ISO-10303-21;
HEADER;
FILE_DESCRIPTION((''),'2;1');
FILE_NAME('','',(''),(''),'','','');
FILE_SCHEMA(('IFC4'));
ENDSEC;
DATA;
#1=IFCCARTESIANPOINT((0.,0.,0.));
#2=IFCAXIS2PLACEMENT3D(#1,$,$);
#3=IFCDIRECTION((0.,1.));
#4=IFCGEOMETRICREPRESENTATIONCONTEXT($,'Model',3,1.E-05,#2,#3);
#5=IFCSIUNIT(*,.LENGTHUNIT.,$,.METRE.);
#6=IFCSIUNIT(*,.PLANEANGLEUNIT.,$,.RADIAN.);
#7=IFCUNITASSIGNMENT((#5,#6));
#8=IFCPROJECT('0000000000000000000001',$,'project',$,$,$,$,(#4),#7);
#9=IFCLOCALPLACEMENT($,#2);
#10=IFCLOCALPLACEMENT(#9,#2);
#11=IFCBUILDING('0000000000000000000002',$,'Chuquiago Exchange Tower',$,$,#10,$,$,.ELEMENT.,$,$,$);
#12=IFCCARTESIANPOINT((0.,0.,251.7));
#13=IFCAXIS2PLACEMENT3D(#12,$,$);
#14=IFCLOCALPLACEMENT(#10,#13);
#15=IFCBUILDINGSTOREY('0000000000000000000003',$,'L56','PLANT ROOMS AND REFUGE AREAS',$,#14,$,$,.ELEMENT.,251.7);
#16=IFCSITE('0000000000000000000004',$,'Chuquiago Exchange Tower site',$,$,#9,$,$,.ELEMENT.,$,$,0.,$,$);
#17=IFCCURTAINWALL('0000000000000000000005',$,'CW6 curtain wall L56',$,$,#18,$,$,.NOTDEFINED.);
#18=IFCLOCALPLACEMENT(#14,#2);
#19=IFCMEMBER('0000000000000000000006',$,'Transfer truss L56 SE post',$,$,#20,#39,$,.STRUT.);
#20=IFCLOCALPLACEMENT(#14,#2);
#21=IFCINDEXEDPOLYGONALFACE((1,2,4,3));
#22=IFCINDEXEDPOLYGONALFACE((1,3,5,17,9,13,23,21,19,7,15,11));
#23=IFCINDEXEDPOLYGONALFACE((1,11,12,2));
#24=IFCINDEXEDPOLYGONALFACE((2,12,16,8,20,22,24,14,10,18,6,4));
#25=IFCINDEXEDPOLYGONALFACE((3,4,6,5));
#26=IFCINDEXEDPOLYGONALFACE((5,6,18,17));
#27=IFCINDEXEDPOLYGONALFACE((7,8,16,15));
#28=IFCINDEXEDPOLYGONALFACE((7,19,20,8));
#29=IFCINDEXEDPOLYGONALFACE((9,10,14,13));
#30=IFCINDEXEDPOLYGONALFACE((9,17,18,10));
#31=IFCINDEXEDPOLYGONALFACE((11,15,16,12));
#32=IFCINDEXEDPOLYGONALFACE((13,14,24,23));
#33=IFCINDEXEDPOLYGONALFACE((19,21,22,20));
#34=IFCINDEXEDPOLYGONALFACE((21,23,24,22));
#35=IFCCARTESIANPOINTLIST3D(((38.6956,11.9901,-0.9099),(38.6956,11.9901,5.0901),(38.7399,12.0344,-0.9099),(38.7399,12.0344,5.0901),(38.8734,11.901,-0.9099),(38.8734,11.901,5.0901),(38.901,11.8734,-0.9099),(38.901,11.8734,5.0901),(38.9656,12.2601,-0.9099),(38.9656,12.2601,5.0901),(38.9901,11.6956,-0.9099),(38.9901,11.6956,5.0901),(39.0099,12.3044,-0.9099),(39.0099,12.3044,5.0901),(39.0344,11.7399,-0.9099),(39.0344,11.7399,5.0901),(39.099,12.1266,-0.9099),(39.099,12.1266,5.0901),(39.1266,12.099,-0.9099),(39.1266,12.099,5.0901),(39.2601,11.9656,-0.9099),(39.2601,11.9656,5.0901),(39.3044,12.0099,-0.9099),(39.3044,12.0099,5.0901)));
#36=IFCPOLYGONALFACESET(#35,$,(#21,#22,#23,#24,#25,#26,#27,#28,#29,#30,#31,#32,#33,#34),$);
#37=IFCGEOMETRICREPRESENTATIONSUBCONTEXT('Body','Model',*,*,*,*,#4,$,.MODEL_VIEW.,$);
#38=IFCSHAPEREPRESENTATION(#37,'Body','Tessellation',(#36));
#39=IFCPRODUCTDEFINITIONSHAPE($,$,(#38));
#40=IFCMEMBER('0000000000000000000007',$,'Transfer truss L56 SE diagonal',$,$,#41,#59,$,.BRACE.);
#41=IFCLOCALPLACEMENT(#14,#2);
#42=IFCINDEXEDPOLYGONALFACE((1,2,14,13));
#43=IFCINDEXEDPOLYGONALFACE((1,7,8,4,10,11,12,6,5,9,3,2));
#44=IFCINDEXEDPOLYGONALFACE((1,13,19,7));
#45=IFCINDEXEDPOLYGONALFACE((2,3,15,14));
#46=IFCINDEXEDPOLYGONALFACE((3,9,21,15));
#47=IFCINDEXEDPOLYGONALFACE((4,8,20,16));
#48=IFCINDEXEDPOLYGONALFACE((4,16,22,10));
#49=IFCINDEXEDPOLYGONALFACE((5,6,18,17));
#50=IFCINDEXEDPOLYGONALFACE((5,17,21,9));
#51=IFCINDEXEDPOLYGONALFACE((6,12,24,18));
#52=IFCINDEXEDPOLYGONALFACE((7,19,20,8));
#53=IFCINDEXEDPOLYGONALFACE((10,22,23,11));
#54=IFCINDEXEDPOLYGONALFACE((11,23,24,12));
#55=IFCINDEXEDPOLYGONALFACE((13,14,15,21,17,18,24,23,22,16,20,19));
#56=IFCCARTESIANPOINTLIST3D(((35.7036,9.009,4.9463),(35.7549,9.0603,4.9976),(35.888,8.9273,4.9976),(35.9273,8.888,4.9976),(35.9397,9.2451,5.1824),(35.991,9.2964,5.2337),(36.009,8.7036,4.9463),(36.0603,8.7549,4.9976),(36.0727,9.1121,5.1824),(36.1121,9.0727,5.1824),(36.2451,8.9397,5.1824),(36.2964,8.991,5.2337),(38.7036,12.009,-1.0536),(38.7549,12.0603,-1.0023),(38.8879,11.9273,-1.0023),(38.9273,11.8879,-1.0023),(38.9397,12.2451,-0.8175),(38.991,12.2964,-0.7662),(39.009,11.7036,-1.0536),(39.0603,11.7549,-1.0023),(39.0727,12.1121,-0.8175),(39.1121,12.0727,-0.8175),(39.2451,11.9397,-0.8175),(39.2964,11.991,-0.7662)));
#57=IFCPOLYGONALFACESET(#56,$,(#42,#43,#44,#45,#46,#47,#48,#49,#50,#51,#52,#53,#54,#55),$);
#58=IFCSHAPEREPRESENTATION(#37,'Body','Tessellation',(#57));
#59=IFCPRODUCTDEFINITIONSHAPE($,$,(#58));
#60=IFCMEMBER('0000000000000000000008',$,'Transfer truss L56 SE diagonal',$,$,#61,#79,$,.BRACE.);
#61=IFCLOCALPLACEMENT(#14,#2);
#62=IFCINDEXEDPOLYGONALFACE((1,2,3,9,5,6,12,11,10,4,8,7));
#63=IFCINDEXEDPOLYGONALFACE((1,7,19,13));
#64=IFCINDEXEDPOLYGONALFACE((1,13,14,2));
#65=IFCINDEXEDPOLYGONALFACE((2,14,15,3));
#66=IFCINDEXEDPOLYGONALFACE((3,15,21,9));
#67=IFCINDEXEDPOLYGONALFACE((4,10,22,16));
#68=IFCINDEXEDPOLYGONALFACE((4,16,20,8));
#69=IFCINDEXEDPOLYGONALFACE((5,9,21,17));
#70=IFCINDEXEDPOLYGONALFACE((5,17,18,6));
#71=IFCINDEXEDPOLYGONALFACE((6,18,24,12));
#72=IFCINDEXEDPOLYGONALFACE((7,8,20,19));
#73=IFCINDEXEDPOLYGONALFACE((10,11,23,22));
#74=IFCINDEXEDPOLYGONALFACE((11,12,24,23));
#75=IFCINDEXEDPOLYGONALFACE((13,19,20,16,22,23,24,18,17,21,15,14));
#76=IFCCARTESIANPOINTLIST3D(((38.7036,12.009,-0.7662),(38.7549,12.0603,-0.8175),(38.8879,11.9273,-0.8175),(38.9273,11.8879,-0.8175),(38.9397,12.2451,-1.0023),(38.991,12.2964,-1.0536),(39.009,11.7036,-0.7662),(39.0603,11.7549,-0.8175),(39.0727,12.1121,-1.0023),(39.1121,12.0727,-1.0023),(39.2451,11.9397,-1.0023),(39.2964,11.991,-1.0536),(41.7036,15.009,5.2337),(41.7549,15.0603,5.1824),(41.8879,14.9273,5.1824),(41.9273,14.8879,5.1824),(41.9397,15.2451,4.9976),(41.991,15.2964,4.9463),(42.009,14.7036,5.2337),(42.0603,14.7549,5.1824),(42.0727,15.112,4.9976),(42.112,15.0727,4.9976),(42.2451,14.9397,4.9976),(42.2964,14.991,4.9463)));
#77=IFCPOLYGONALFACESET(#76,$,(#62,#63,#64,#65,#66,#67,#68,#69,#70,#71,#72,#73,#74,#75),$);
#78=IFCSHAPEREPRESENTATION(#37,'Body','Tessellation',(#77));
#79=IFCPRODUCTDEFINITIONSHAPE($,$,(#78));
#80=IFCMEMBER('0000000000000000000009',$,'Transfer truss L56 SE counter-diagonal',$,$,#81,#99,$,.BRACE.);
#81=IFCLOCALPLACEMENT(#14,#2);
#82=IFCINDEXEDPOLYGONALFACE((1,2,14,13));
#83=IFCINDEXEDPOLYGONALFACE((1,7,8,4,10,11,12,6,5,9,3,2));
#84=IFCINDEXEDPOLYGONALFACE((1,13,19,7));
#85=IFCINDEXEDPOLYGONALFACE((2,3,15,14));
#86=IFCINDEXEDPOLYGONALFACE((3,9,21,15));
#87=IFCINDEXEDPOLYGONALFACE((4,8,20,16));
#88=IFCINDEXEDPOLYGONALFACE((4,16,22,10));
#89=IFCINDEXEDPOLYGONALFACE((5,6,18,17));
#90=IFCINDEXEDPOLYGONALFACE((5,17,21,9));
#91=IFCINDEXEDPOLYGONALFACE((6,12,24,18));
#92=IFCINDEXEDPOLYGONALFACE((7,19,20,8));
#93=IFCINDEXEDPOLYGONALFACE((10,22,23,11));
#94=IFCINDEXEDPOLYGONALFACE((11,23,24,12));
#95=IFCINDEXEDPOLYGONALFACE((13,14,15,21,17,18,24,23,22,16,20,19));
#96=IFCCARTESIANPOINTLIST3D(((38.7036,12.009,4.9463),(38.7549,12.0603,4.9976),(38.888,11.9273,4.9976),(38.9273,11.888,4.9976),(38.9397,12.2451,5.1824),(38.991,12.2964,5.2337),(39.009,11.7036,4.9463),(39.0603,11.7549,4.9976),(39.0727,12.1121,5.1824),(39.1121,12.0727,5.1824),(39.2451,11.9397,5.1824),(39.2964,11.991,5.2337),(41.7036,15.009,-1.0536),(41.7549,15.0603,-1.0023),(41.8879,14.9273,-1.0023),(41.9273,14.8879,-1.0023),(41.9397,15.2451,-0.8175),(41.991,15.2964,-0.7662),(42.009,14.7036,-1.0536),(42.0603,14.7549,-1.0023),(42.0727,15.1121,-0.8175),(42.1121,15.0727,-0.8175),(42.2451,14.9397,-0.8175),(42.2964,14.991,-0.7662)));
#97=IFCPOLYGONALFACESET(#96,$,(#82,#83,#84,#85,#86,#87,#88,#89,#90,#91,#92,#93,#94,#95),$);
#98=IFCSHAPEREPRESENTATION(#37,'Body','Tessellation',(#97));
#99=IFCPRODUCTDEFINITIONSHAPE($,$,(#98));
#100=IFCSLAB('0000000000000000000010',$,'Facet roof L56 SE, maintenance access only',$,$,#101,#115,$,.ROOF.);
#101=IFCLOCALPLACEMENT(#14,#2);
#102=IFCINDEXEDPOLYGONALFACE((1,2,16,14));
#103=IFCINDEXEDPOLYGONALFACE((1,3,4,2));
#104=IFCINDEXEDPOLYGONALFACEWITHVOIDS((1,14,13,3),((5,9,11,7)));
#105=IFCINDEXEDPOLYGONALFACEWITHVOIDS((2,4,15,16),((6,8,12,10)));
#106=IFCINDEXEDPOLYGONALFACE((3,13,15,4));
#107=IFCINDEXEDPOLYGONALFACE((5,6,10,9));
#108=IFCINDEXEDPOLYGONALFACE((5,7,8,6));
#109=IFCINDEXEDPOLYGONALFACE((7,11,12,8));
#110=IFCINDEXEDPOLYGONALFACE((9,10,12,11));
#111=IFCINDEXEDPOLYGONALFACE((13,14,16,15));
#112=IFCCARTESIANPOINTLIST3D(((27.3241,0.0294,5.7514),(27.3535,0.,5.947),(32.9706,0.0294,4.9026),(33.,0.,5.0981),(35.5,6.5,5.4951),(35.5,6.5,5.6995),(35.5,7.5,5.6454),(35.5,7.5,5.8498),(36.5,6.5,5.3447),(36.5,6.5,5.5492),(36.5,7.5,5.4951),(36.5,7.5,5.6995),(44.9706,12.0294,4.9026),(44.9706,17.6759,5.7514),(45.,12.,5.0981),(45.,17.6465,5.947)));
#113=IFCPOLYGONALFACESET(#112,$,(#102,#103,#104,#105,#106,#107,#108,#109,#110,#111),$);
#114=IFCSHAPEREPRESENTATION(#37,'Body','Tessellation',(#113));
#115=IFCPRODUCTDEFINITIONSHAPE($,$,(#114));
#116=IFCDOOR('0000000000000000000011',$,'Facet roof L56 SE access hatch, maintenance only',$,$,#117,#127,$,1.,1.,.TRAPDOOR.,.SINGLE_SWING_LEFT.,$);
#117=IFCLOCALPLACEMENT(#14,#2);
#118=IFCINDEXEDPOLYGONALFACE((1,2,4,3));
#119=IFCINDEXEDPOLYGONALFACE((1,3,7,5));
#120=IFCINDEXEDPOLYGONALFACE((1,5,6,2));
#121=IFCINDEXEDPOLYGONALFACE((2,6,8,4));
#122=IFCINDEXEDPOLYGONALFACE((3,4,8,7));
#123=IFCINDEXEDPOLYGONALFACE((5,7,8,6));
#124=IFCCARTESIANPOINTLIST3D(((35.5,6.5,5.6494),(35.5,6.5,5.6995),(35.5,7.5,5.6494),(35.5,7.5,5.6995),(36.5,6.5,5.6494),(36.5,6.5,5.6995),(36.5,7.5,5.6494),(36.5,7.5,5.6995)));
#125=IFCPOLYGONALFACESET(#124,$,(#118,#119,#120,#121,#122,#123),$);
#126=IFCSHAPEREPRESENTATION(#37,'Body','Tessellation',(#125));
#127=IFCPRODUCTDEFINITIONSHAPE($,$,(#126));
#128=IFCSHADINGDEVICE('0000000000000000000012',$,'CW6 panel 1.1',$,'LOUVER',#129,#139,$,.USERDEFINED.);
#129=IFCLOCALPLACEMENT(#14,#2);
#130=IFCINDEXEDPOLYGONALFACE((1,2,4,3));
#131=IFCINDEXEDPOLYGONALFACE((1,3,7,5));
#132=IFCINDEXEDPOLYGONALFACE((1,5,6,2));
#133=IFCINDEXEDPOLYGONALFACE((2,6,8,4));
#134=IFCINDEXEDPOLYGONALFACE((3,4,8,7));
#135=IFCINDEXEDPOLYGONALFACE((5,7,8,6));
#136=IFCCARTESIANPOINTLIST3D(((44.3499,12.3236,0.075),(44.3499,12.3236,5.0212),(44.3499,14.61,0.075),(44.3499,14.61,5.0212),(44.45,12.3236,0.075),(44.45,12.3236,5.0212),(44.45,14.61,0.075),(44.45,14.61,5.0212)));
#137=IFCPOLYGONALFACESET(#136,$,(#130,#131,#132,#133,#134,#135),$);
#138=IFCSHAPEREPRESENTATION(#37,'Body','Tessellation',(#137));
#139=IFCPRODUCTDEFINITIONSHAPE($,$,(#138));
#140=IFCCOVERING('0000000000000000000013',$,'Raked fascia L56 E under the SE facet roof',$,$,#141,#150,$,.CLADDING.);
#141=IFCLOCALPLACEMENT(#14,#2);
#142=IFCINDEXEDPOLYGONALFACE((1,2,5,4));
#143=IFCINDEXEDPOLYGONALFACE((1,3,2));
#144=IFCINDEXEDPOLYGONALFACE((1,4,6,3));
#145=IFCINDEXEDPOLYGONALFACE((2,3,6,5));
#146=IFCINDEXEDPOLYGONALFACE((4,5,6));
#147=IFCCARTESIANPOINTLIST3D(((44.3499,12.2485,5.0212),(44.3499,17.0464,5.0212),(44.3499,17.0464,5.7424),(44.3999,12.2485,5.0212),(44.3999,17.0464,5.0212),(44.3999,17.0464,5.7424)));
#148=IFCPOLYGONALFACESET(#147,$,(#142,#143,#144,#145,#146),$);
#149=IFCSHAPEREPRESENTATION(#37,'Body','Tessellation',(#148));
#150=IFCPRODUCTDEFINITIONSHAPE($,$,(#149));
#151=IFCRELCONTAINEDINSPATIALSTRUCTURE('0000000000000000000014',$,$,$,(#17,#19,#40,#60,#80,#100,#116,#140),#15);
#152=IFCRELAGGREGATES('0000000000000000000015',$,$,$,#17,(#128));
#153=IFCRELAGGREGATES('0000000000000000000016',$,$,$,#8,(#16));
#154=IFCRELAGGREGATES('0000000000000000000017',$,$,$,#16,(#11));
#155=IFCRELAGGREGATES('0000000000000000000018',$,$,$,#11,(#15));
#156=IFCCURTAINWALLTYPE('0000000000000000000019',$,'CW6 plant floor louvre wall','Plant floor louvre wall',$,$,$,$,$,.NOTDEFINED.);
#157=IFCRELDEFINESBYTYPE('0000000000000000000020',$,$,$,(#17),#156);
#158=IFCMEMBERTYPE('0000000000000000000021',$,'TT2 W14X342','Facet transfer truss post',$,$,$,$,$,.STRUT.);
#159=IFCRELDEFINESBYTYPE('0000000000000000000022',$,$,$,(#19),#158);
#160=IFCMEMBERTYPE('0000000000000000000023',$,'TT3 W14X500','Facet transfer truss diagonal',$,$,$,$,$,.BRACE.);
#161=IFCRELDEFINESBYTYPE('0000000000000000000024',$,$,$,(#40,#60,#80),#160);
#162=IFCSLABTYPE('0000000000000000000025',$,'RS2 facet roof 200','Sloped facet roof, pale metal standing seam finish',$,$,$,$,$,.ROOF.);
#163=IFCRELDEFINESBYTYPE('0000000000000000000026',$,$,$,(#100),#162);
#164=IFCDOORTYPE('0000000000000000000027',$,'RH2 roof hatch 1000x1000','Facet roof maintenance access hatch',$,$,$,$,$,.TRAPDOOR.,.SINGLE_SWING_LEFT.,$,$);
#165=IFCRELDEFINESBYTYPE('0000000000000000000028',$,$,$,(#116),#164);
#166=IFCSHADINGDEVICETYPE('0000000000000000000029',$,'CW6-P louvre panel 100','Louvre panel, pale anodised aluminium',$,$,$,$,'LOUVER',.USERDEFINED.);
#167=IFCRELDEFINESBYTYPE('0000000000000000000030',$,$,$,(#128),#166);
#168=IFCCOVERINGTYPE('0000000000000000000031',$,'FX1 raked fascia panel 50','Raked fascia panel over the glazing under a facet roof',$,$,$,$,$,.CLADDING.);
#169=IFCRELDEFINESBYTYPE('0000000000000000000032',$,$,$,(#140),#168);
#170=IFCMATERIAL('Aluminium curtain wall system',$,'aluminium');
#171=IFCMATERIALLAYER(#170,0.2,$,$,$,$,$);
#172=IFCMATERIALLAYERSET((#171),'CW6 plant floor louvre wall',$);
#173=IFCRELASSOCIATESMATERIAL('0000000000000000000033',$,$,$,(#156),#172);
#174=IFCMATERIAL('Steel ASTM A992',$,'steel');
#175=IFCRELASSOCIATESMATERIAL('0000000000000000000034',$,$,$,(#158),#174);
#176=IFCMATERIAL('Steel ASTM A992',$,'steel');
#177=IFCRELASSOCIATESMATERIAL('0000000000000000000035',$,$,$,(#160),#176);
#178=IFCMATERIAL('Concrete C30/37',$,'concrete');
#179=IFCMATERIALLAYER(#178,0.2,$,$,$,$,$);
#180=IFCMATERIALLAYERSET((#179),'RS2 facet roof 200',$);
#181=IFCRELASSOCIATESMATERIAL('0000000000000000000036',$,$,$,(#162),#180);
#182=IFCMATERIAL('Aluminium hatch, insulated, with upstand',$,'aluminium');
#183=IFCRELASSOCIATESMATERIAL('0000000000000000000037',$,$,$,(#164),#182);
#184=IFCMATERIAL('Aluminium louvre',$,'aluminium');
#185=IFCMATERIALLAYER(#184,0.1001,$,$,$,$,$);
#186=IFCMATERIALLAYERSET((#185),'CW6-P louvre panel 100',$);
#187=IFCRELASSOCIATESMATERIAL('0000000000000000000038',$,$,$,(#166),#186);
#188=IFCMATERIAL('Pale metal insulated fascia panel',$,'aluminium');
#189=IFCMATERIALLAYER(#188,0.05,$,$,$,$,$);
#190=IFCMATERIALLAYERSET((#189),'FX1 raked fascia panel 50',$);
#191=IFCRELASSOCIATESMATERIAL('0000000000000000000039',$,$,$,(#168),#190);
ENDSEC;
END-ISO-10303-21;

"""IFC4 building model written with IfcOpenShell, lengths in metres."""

from ifc_helpers import new_model, si_unit, direction, frame, origin, origin_2d, place, context, subcontext, project, spatial, polyline, rectangle, i_section, outline, extrude, material, layer, layer_set, material_profile, profile_set, type_object, element, fill, aggregate, save


model = new_model("IFC4")

# Units and contexts
model_context = context("Model", 3, precision=1e-05, world=origin(), true_north=direction((0.0, 1.0)))
body_context = subcontext(model_context, "Body", "Model", "MODEL_VIEW")
ifc_project = project(units=[si_unit("LENGTHUNIT", "METRE"), si_unit("PLANEANGLEUNIT", "RADIAN")], contexts=[model_context])

# Site, building, storey
site_placement = place(None, origin())
site = spatial("IfcSite", under=ifc_project, at=site_placement, Name="Chuquiago Exchange Tower site", CompositionType="ELEMENT", RefElevation=0.0)
building_placement = place(site_placement, origin())
building = spatial("IfcBuilding", under=site, at=building_placement, Name="Chuquiago Exchange Tower", CompositionType="ELEMENT")
storey_placement = place(building_placement, frame((0.0, 0.0, 251.7)))
storey = spatial("IfcBuildingStorey", under=building, at=storey_placement, Name="L56", Description="PLANT ROOMS AND REFUGE AREAS", CompositionType="ELEMENT", Elevation=251.7)

# Shared definitions
ifc_material_1 = material(Name="Aluminium curtain wall system", Category="aluminium")
ifc_layer_1 = layer(ifc_material_1, 0.2)
ifc_layer_set_1 = layer_set([ifc_layer_1], Name="CW6 plant floor louvre wall")
curtain_wall_type = type_object("IfcCurtainWallType", Name="CW6 plant floor louvre wall", Description="Plant floor louvre wall", PredefinedType="NOTDEFINED", material=ifc_layer_set_1)

# Curtain wall
curtain_wall_1_placement = place(storey_placement, origin())
curtain_wall_1 = element("IfcCurtainWall", 1, at=curtain_wall_1_placement, inside=storey, type_object=curtain_wall_type, Name="CW6 curtain wall L56", PredefinedType="NOTDEFINED")

# Members
ifc_material_2 = material(Name="Steel ASTM A992", Category="steel")
ifc_material_profile_1 = material_profile(ifc_material_2, i_section(OverallWidth=0.4165, OverallDepth=0.4446, WebThickness=0.0391, FlangeThickness=0.0627, at=origin_2d()), Name="W14X342")
ifc_profile_set_1 = profile_set([ifc_material_profile_1], Name="Steel ASTM A992")
member_type_1 = type_object("IfcMemberType", Name="TT2 W14X342", Description="Facet transfer truss post", PredefinedType="STRUT", material=ifc_profile_set_1)
member_1_placement = place(storey_placement, frame((39.0, 12.0, -0.9099), z_axis=(0.0, 0.0, 1.0), x_axis=(0.707107, -0.707107, 0.0)))
element("IfcMember", 2, at=member_1_placement, inside=storey, type_object=member_type_1, Name="Transfer truss L56 SE post", PredefinedType="STRUT", context=body_context, shape_type="SweptSolid", body=[
    extrude(i_section(OverallWidth=0.4165, OverallDepth=0.4446, WebThickness=0.0391, FlangeThickness=0.0627, at=origin_2d()), origin(), (0.0, 0.0, 1.0), 6.0),
])
ifc_material_3 = material(Name="Steel ASTM A992", Category="steel")
ifc_material_profile_2 = material_profile(ifc_material_3, i_section(OverallWidth=0.4319, OverallDepth=0.4978, WebThickness=0.0557, FlangeThickness=0.0889, at=origin_2d()), Name="W14X500")
ifc_profile_set_2 = profile_set([ifc_material_profile_2], Name="Steel ASTM A992")
member_type_2 = type_object("IfcMemberType", Name="TT3 W14X500", Description="Facet transfer truss diagonal", PredefinedType="BRACE", material=ifc_profile_set_2)
for number, where, z_axis, x_axis, name in (
    (3, (39.0, 12.0, -0.9099), (-0.408248, -0.408248, 0.816497), (0.707107, -0.707107, 0.0), "Transfer truss L56 SE diagonal"),
    (4, (39.0, 12.0, -0.9099), (0.408248, 0.408248, 0.816497), (-0.707107, 0.707107, 0.0), "Transfer truss L56 SE diagonal"),
    (5, (42.0, 15.0, -0.9099), (-0.408248, -0.408248, 0.816497), (0.707107, -0.707107, 0.0), "Transfer truss L56 SE counter-diagonal"),
):
    element("IfcMember", number, at=place(storey_placement, frame(where, z_axis=z_axis, x_axis=x_axis)), inside=storey, type_object=member_type_2, Name=name, PredefinedType="BRACE", context=body_context, shape_type="SweptSolid", body=[
        extrude(i_section(OverallWidth=0.4319, OverallDepth=0.4978, WebThickness=0.0557, FlangeThickness=0.0889, at=origin_2d()), origin(), (0.0, 0.0, 1.0), 7.3484),
    ])

# Slab, opening, door
ifc_material_4 = material(Name="Concrete C30/37", Category="concrete")
ifc_layer_2 = layer(ifc_material_4, 0.2)
ifc_layer_set_2 = layer_set([ifc_layer_2], Name="RS2 facet roof 200")
slab_type = type_object("IfcSlabType", Name="RS2 facet roof 200", Description="Sloped facet roof, pale metal standing seam finish", PredefinedType="ROOF", material=ifc_layer_set_2)
slab_placement = place(storey_placement, frame((45.0, 12.0, 5.0981), z_axis=(0.14705, -0.14705, 0.978137), x_axis=(-0.707107, -0.707107, 0.0)))
slab = element("IfcSlab", 6, at=slab_placement, inside=storey, type_object=slab_type, Name="Facet roof L56 SE, maintenance access only", PredefinedType="ROOF", context=body_context, shape_type="SweptSolid", body=[
    extrude(outline(polyline([(0.0, 0.0), (16.9706, 0.0), (20.9632, -4.0819), (-3.9927, -4.0819), (0.0, 0.0)])), origin(), (0.0, 0.0, -1.0), 0.2),
])
opening_placement = place(storey_placement, frame((36.0, 7.0, 5.1951)))
opening = element("IfcOpeningElement", 7, at=opening_placement, cuts=slab, PredefinedType="OPENING", context=body_context, shape_type="SweptSolid", body=[
    extrude(rectangle(XDim=1.0, YDim=1.0, at=origin_2d()), origin(), (0.0, 0.0, 1.0), 0.8044),
])
ifc_material_5 = material(Name="Aluminium hatch, insulated, with upstand", Category="aluminium")
door_type = type_object("IfcDoorType", Name="RH2 roof hatch 1000x1000", Description="Facet roof maintenance access hatch", OperationType="SINGLE_SWING_LEFT", PredefinedType="TRAPDOOR", material=ifc_material_5)
door_placement = place(opening_placement, frame((0.0, 0.0, 0.4543)))
door = element("IfcDoor", 8, at=door_placement, inside=storey, type_object=door_type, Name="Facet roof L56 SE access hatch, maintenance only", OperationType="SINGLE_SWING_LEFT", OverallHeight=1.0, OverallWidth=1.0, PredefinedType="TRAPDOOR", context=body_context, shape_type="SweptSolid", body=[
    extrude(rectangle(XDim=1.0, YDim=1.0, at=origin_2d()), origin(), (0.0, 0.0, 1.0), 0.05),
])
fill(opening, door)

# Shading device
ifc_material_6 = material(Name="Aluminium louvre", Category="aluminium")
ifc_layer_3 = layer(ifc_material_6, 0.1001)
ifc_layer_set_3 = layer_set([ifc_layer_3], Name="CW6-P louvre panel 100")
shading_device_type = type_object("IfcShadingDeviceType", Name="CW6-P louvre panel 100", Description="Louvre panel, pale anodised aluminium", ElementType="LOUVER", PredefinedType="USERDEFINED", material=ifc_layer_set_3)
shading_device_placement = place(storey_placement, frame((44.3999, 13.4668, 0.075), z_axis=(0.0, 0.0, 1.0), x_axis=(0.0, 1.0, 0.0)))
shading_device = element("IfcShadingDevice", 9, at=shading_device_placement, type_object=shading_device_type, Name="CW6 panel 1.1", ObjectType="LOUVER", PredefinedType="USERDEFINED", context=body_context, shape_type="SweptSolid", body=[
    extrude(rectangle(XDim=2.2864, YDim=0.1001, at=origin_2d()), origin(), (0.0, 0.0, 1.0), 4.9463),
])
aggregate(curtain_wall_1, [shading_device])

# Covering
ifc_material_7 = material(Name="Pale metal insulated fascia panel", Category="aluminium")
ifc_layer_4 = layer(ifc_material_7, 0.05)
ifc_layer_set_4 = layer_set([ifc_layer_4], Name="FX1 raked fascia panel 50")
covering_type_1 = type_object("IfcCoveringType", Name="FX1 raked fascia panel 50", Description="Raked fascia panel over the glazing under a facet roof", PredefinedType="CLADDING", material=ifc_layer_set_4)
covering_1_placement = place(storey_placement, frame((44.3999, 12.2485, 5.0212), z_axis=(1.0, 0.0, 0.0), x_axis=(0.0, 1.0, 0.0)))
element("IfcCovering", 10, at=covering_1_placement, inside=storey, type_object=covering_type_1, Name="Raked fascia L56 E under the SE facet roof", PredefinedType="CLADDING", context=body_context, shape_type="SweptSolid", body=[
    extrude(outline(polyline([(0.0, 0.0), (4.7979, 0.0), (4.7979, 0.7212), (0.0, 0.0)])), origin(), (0.0, 0.0, -1.0), 0.05),
])

save(model, "model.ifc")
